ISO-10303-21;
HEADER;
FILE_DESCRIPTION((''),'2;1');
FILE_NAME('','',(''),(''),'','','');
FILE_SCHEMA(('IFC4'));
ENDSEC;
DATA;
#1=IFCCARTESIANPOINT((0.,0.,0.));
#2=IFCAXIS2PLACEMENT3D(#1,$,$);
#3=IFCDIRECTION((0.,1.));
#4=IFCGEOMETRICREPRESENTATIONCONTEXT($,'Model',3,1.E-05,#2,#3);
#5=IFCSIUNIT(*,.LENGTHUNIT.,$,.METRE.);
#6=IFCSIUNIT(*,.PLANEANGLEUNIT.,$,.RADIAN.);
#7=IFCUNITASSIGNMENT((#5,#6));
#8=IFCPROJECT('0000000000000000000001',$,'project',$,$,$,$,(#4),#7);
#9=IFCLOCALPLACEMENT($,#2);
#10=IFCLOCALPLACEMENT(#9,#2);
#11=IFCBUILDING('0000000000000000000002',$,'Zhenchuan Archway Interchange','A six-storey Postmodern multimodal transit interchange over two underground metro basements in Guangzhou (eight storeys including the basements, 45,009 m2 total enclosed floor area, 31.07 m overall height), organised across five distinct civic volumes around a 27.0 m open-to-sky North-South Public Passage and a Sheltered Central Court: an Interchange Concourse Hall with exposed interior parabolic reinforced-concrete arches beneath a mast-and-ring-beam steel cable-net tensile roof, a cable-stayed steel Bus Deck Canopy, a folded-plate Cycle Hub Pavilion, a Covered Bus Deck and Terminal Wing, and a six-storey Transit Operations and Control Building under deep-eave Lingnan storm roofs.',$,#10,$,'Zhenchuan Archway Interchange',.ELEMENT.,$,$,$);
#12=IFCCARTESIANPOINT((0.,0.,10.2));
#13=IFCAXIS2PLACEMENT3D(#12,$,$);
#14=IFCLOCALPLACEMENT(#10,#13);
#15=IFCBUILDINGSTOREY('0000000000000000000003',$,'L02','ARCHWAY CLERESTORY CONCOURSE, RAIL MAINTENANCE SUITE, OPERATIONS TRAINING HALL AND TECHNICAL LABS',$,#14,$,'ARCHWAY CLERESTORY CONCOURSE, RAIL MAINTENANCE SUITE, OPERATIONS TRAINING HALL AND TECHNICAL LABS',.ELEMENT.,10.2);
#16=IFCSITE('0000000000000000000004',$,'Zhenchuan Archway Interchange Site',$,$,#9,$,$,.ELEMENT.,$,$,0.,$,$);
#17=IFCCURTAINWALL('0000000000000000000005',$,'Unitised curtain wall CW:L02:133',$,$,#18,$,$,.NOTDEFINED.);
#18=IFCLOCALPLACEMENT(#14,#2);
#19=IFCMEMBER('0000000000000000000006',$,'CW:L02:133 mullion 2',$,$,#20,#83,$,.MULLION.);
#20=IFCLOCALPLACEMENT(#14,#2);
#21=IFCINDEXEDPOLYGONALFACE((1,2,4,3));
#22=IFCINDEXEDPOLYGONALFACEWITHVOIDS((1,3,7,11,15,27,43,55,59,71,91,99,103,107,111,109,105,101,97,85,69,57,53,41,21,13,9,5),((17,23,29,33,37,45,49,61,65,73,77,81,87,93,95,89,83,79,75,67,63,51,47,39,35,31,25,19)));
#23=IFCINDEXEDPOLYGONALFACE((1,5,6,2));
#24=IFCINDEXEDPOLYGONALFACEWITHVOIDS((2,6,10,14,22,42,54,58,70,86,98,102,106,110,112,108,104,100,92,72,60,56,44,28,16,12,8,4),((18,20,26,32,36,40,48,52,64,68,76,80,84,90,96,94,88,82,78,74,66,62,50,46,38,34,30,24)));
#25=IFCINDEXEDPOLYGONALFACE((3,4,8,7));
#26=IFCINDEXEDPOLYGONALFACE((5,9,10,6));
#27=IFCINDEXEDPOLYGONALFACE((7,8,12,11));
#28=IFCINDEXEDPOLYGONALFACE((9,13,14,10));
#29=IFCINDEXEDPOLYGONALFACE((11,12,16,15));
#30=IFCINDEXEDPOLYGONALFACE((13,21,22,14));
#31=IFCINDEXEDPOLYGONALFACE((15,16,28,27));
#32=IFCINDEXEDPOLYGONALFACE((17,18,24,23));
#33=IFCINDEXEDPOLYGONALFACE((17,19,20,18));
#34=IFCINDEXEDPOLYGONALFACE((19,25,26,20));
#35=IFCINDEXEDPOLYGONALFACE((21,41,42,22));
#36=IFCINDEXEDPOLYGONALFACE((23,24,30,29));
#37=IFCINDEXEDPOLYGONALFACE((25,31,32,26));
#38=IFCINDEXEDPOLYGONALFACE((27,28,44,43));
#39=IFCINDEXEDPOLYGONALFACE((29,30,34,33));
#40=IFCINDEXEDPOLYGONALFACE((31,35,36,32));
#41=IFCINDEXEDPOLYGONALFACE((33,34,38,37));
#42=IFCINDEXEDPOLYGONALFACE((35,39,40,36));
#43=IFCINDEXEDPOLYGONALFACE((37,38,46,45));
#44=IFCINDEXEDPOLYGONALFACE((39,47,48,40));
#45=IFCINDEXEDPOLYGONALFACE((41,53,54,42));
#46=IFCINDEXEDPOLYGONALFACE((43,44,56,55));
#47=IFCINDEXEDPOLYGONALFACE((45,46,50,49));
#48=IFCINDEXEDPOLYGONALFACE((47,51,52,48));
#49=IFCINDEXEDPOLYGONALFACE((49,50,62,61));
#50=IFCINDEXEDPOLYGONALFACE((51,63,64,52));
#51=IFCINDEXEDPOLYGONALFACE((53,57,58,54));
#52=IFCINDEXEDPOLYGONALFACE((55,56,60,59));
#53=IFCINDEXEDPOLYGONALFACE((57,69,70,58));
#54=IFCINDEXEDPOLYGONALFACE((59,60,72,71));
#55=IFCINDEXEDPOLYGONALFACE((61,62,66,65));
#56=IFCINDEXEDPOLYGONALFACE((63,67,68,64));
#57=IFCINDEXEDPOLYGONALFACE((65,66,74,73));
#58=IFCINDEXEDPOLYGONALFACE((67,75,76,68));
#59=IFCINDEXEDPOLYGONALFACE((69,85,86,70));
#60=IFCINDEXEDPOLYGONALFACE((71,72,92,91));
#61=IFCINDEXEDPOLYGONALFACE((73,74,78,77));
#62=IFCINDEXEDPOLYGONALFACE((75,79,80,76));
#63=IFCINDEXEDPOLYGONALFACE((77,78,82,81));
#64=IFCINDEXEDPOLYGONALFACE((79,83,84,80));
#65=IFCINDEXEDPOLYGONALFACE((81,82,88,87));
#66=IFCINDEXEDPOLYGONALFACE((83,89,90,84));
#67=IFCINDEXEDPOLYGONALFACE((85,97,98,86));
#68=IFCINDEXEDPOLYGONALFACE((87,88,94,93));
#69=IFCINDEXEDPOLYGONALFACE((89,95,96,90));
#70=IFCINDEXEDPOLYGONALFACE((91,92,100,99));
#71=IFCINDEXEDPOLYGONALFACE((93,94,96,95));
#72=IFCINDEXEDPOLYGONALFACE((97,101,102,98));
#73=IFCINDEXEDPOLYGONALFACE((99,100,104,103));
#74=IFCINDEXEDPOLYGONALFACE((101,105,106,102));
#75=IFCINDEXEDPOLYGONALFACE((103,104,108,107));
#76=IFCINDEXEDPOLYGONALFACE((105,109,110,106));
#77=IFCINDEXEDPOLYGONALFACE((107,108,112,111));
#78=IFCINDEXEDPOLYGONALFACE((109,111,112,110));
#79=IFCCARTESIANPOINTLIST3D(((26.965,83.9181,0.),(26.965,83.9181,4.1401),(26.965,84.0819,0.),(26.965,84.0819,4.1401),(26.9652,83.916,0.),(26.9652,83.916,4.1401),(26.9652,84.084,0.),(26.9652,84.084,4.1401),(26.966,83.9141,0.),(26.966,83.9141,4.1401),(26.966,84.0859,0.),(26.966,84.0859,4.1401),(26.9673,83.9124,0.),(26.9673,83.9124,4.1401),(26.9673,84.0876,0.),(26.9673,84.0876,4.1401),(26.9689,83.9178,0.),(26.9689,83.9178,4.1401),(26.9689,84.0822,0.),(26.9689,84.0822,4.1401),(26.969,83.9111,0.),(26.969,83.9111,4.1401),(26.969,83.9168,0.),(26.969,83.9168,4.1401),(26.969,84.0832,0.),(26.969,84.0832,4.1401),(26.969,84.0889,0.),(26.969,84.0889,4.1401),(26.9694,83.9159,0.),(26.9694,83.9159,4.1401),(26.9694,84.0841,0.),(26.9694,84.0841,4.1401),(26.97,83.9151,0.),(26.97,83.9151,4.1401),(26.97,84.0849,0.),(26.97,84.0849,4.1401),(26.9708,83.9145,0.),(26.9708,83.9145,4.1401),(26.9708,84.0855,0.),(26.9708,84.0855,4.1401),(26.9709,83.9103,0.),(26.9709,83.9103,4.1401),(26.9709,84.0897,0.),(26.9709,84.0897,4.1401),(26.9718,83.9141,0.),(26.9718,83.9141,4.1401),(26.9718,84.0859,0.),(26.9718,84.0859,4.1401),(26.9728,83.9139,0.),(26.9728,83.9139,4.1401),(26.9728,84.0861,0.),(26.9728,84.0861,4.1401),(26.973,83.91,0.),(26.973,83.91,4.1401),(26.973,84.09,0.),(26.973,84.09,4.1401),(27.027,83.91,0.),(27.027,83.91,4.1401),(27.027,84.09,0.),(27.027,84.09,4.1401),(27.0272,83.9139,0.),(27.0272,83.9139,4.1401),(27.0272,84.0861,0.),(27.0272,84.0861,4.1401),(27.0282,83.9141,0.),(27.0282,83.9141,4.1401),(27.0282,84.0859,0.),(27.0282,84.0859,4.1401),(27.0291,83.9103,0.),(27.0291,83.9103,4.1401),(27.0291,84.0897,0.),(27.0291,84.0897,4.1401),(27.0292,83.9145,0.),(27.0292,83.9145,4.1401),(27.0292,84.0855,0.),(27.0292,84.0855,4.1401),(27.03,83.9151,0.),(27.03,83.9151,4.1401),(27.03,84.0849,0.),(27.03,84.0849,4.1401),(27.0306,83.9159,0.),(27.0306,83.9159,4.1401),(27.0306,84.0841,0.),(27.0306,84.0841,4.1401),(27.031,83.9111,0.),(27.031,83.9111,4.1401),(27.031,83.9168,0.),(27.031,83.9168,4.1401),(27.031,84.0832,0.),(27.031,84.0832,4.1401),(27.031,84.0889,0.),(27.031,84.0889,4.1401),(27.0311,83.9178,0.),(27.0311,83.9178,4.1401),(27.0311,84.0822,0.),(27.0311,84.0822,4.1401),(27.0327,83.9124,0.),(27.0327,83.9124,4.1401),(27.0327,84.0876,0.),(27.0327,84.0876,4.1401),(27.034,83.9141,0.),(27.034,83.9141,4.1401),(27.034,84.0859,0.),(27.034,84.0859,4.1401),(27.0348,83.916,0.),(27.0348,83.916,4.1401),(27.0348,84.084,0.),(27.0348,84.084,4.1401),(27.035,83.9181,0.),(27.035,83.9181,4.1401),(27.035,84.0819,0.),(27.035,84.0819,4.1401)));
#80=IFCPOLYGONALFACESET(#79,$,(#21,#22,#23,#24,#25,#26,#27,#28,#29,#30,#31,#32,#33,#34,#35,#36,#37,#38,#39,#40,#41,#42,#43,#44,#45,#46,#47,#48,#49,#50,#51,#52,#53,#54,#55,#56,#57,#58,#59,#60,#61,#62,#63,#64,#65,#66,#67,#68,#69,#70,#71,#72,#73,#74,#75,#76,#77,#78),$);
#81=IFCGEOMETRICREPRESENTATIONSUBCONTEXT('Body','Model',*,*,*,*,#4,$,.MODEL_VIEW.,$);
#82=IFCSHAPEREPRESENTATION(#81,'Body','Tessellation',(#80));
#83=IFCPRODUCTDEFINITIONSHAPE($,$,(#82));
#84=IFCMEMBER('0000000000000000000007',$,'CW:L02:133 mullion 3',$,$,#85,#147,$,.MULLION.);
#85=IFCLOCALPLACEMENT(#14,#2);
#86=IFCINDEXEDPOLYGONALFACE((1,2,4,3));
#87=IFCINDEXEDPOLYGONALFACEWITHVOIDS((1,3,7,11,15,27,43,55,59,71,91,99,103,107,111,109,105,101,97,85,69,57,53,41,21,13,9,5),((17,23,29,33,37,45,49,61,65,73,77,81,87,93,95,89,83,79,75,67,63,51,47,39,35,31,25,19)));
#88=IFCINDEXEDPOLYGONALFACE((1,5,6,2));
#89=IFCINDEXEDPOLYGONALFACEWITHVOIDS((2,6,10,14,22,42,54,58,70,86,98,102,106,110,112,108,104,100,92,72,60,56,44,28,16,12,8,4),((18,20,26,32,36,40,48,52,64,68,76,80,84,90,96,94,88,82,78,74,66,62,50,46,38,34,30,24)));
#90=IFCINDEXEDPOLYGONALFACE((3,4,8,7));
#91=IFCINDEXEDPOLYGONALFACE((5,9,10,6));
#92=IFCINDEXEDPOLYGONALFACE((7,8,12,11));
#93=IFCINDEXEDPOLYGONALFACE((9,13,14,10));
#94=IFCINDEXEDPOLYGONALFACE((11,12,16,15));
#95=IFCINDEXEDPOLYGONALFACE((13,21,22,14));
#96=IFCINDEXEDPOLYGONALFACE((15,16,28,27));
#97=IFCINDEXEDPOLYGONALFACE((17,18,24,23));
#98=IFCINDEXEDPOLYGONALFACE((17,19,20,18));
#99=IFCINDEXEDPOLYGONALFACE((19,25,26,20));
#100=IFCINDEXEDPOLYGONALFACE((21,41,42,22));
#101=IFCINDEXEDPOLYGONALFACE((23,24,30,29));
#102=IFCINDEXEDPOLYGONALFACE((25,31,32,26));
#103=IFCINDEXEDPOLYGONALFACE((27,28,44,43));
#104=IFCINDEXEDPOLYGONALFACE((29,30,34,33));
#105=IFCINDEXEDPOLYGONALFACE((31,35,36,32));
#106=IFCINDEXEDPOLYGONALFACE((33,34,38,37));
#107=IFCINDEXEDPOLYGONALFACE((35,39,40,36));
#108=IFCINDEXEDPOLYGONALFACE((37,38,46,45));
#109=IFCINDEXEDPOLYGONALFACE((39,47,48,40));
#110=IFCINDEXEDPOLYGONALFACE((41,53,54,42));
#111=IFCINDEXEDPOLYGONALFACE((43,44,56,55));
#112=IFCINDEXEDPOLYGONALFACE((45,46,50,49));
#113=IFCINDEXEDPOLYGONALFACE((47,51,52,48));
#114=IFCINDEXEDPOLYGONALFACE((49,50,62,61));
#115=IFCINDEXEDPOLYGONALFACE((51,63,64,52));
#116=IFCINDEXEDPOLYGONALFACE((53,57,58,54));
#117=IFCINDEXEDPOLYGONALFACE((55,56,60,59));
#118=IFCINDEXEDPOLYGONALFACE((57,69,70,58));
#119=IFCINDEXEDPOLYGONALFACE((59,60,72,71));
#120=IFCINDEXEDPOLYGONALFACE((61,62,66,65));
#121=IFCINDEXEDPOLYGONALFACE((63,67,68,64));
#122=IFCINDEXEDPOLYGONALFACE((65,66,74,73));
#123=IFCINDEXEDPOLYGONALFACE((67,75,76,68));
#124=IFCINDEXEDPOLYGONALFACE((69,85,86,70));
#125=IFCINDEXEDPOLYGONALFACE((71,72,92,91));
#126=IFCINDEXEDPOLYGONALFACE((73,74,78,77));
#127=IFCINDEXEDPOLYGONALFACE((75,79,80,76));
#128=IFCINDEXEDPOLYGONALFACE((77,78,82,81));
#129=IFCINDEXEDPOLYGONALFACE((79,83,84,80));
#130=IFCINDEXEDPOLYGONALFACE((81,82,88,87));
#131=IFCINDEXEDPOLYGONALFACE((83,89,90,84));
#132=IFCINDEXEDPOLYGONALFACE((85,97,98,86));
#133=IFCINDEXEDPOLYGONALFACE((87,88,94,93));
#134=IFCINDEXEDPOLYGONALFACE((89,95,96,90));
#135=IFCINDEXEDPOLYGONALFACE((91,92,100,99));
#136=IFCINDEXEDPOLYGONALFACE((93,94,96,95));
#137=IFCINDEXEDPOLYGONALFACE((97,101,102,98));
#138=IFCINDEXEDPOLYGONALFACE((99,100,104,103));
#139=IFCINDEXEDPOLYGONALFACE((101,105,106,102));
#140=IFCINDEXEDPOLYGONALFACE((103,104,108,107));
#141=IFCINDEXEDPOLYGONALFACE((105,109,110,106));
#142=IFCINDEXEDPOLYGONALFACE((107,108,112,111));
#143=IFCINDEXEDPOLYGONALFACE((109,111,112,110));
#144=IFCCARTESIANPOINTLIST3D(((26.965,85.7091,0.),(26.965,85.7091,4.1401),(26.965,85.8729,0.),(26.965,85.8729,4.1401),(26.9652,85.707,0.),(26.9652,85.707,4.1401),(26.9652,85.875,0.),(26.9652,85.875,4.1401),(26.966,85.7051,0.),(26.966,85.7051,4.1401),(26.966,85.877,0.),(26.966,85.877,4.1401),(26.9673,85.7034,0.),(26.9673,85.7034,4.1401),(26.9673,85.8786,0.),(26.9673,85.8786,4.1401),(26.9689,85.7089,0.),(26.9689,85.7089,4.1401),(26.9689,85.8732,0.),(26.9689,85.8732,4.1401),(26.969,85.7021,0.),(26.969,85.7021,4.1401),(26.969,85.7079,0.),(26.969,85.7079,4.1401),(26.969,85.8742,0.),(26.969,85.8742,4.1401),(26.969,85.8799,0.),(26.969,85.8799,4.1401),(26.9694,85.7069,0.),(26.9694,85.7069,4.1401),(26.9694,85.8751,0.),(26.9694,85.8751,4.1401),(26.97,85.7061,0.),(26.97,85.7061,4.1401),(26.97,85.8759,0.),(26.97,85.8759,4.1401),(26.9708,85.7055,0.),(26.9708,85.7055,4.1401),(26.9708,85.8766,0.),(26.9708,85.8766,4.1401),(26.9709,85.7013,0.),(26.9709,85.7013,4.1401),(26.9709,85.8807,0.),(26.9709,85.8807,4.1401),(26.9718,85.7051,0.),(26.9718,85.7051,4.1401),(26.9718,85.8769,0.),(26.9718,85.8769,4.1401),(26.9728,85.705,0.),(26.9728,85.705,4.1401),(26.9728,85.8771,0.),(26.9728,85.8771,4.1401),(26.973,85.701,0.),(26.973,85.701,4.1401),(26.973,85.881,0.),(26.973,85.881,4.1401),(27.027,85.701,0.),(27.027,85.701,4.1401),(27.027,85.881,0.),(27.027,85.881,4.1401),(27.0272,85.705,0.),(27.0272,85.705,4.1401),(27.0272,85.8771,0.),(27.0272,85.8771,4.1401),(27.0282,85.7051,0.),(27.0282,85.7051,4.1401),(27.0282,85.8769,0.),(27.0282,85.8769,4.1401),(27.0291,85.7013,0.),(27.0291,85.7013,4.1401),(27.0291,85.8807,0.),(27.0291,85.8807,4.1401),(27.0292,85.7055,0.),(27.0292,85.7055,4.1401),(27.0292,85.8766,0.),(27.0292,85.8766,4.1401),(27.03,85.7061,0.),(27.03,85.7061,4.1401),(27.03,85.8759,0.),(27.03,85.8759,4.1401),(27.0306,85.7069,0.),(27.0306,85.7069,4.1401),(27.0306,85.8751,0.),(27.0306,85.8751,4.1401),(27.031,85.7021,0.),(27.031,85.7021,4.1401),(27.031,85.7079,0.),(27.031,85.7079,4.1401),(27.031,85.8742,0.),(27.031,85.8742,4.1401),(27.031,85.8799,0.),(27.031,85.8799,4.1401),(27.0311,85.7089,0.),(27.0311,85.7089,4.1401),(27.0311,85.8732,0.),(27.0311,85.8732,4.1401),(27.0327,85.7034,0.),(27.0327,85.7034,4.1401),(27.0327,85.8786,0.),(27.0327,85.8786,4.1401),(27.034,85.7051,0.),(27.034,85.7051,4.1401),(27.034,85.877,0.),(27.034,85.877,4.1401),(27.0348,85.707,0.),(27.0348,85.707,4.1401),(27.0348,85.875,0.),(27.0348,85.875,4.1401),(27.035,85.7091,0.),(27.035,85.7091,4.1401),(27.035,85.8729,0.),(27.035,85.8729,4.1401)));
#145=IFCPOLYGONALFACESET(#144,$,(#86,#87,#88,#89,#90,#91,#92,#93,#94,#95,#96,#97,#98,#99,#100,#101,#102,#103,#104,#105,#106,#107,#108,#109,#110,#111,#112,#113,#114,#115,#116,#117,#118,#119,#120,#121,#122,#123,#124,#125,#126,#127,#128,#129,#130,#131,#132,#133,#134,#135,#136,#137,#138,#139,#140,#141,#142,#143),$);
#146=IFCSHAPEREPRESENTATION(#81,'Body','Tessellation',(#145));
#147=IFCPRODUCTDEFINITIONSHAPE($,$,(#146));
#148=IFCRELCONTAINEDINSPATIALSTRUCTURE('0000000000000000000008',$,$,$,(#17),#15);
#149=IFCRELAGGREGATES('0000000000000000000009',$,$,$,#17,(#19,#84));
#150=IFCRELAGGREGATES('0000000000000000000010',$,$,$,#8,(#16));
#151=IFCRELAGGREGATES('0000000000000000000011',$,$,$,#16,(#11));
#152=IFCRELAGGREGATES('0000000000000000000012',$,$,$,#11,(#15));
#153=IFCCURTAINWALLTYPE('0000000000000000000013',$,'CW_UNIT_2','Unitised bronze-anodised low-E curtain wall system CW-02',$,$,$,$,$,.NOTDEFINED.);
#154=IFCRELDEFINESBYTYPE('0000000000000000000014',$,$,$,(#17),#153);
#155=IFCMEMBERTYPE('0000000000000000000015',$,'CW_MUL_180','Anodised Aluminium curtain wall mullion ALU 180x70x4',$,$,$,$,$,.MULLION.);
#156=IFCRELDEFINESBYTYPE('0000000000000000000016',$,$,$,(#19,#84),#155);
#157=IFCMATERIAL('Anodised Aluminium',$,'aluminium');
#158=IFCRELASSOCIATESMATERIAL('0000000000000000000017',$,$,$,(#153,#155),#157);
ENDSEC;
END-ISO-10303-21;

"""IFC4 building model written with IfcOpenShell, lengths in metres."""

from ifc_helpers import new_model, si_unit, direction, frame, origin, origin_2d, place, context, subcontext, project, spatial, hollow_rectangle, extrude, material, material_profile, profile_set, type_object, element, aggregate, save


model = new_model("IFC4")

# Units and contexts
model_context = context("Model", 3, precision=1e-05, world=origin(), true_north=direction((0.0, 1.0)))
body_context = subcontext(model_context, "Body", "Model", "MODEL_VIEW")
ifc_project = project(units=[si_unit("LENGTHUNIT", "METRE"), si_unit("PLANEANGLEUNIT", "RADIAN")], contexts=[model_context])

# Site, building, storey
site_placement = place(None, origin())
site = spatial("IfcSite", under=ifc_project, at=site_placement, Name="Zhenchuan Archway Interchange Site", CompositionType="ELEMENT", RefElevation=0.0)
building_placement = place(site_placement, origin())
building = spatial("IfcBuilding", under=site, at=building_placement, Name="Zhenchuan Archway Interchange", Description="A six-storey Postmodern multimodal transit interchange over two underground metro basements in Guangzhou (eight storeys including the basements, 45,009 m2 total enclosed floor area, 31.07 m overall height), organised across five distinct civic volumes around a 27.0 m open-to-sky North-South Public Passage and a Sheltered Central Court: an Interchange Concourse Hall with exposed interior parabolic reinforced-concrete arches beneath a mast-and-ring-beam steel cable-net tensile roof, a cable-stayed steel Bus Deck Canopy, a folded-plate Cycle Hub Pavilion, a Covered Bus Deck and Terminal Wing, and a six-storey Transit Operations and Control Building under deep-eave Lingnan storm roofs.", LongName="Zhenchuan Archway Interchange", CompositionType="ELEMENT")
storey_placement = place(building_placement, frame((0.0, 0.0, 10.2)))
storey = spatial("IfcBuildingStorey", under=building, at=storey_placement, Name="L02", Description="ARCHWAY CLERESTORY CONCOURSE, RAIL MAINTENANCE SUITE, OPERATIONS TRAINING HALL AND TECHNICAL LABS", LongName="ARCHWAY CLERESTORY CONCOURSE, RAIL MAINTENANCE SUITE, OPERATIONS TRAINING HALL AND TECHNICAL LABS", CompositionType="ELEMENT", Elevation=10.2)

# Curtain wall, members
ifc_material_1 = material(Name="Anodised Aluminium", Category="aluminium")
curtain_wall_type = type_object("IfcCurtainWallType", Name="CW_UNIT_2", Description="Unitised bronze-anodised low-E curtain wall system CW-02", PredefinedType="NOTDEFINED", material=ifc_material_1)
curtain_wall_placement = place(storey_placement, origin())
curtain_wall = element("IfcCurtainWall", 1, at=curtain_wall_placement, inside=storey, type_object=curtain_wall_type, Name="Unitised curtain wall CW:L02:133", PredefinedType="NOTDEFINED")
ifc_material_profile_1 = material_profile(ifc_material_1, hollow_rectangle(XDim=0.0701, YDim=0.1799, WallThickness=0.0039, InnerFilletRadius=0.0039, OuterFilletRadius=0.0081, at=origin_2d()), Name="ALU 180x70x4")
ifc_profile_set_1 = profile_set([ifc_material_profile_1], Name="Anodised Aluminium")
member_type_1 = type_object("IfcMemberType", Name="CW_MUL_180", Description="Anodised Aluminium curtain wall mullion ALU 180x70x4", PredefinedType="MULLION", material=ifc_profile_set_1)
member_1_placement = place(storey_placement, frame((27.0, 84.0, 0.0), z_axis=(0.0, 0.0, 1.0), x_axis=(1.0, 0.0, 0.0)))
member_1 = element("IfcMember", 2, at=member_1_placement, type_object=member_type_1, Name="CW:L02:133 mullion 2", PredefinedType="MULLION", context=body_context, shape_type="SweptSolid", body=[
    extrude(hollow_rectangle(XDim=0.0701, YDim=0.1799, WallThickness=0.0039, InnerFilletRadius=0.0039, OuterFilletRadius=0.0081, at=origin_2d()), origin(), (0.0, 0.0, 1.0), 4.1401),
])
member_2_placement = place(storey_placement, frame((27.0, 85.791, 0.0), z_axis=(0.0, 0.0, 1.0), x_axis=(1.0, 0.0, 0.0)))
member_2 = element("IfcMember", 3, at=member_2_placement, type_object=member_type_1, Name="CW:L02:133 mullion 3", PredefinedType="MULLION", context=body_context, shape_type="SweptSolid", body=[
    extrude(hollow_rectangle(XDim=0.0701, YDim=0.1799, WallThickness=0.0039, InnerFilletRadius=0.0039, OuterFilletRadius=0.0081, at=origin_2d()), origin(), (0.0, 0.0, 1.0), 4.1401),
])

aggregate(curtain_wall, [member_1, member_2])

save(model, "model.ifc")
